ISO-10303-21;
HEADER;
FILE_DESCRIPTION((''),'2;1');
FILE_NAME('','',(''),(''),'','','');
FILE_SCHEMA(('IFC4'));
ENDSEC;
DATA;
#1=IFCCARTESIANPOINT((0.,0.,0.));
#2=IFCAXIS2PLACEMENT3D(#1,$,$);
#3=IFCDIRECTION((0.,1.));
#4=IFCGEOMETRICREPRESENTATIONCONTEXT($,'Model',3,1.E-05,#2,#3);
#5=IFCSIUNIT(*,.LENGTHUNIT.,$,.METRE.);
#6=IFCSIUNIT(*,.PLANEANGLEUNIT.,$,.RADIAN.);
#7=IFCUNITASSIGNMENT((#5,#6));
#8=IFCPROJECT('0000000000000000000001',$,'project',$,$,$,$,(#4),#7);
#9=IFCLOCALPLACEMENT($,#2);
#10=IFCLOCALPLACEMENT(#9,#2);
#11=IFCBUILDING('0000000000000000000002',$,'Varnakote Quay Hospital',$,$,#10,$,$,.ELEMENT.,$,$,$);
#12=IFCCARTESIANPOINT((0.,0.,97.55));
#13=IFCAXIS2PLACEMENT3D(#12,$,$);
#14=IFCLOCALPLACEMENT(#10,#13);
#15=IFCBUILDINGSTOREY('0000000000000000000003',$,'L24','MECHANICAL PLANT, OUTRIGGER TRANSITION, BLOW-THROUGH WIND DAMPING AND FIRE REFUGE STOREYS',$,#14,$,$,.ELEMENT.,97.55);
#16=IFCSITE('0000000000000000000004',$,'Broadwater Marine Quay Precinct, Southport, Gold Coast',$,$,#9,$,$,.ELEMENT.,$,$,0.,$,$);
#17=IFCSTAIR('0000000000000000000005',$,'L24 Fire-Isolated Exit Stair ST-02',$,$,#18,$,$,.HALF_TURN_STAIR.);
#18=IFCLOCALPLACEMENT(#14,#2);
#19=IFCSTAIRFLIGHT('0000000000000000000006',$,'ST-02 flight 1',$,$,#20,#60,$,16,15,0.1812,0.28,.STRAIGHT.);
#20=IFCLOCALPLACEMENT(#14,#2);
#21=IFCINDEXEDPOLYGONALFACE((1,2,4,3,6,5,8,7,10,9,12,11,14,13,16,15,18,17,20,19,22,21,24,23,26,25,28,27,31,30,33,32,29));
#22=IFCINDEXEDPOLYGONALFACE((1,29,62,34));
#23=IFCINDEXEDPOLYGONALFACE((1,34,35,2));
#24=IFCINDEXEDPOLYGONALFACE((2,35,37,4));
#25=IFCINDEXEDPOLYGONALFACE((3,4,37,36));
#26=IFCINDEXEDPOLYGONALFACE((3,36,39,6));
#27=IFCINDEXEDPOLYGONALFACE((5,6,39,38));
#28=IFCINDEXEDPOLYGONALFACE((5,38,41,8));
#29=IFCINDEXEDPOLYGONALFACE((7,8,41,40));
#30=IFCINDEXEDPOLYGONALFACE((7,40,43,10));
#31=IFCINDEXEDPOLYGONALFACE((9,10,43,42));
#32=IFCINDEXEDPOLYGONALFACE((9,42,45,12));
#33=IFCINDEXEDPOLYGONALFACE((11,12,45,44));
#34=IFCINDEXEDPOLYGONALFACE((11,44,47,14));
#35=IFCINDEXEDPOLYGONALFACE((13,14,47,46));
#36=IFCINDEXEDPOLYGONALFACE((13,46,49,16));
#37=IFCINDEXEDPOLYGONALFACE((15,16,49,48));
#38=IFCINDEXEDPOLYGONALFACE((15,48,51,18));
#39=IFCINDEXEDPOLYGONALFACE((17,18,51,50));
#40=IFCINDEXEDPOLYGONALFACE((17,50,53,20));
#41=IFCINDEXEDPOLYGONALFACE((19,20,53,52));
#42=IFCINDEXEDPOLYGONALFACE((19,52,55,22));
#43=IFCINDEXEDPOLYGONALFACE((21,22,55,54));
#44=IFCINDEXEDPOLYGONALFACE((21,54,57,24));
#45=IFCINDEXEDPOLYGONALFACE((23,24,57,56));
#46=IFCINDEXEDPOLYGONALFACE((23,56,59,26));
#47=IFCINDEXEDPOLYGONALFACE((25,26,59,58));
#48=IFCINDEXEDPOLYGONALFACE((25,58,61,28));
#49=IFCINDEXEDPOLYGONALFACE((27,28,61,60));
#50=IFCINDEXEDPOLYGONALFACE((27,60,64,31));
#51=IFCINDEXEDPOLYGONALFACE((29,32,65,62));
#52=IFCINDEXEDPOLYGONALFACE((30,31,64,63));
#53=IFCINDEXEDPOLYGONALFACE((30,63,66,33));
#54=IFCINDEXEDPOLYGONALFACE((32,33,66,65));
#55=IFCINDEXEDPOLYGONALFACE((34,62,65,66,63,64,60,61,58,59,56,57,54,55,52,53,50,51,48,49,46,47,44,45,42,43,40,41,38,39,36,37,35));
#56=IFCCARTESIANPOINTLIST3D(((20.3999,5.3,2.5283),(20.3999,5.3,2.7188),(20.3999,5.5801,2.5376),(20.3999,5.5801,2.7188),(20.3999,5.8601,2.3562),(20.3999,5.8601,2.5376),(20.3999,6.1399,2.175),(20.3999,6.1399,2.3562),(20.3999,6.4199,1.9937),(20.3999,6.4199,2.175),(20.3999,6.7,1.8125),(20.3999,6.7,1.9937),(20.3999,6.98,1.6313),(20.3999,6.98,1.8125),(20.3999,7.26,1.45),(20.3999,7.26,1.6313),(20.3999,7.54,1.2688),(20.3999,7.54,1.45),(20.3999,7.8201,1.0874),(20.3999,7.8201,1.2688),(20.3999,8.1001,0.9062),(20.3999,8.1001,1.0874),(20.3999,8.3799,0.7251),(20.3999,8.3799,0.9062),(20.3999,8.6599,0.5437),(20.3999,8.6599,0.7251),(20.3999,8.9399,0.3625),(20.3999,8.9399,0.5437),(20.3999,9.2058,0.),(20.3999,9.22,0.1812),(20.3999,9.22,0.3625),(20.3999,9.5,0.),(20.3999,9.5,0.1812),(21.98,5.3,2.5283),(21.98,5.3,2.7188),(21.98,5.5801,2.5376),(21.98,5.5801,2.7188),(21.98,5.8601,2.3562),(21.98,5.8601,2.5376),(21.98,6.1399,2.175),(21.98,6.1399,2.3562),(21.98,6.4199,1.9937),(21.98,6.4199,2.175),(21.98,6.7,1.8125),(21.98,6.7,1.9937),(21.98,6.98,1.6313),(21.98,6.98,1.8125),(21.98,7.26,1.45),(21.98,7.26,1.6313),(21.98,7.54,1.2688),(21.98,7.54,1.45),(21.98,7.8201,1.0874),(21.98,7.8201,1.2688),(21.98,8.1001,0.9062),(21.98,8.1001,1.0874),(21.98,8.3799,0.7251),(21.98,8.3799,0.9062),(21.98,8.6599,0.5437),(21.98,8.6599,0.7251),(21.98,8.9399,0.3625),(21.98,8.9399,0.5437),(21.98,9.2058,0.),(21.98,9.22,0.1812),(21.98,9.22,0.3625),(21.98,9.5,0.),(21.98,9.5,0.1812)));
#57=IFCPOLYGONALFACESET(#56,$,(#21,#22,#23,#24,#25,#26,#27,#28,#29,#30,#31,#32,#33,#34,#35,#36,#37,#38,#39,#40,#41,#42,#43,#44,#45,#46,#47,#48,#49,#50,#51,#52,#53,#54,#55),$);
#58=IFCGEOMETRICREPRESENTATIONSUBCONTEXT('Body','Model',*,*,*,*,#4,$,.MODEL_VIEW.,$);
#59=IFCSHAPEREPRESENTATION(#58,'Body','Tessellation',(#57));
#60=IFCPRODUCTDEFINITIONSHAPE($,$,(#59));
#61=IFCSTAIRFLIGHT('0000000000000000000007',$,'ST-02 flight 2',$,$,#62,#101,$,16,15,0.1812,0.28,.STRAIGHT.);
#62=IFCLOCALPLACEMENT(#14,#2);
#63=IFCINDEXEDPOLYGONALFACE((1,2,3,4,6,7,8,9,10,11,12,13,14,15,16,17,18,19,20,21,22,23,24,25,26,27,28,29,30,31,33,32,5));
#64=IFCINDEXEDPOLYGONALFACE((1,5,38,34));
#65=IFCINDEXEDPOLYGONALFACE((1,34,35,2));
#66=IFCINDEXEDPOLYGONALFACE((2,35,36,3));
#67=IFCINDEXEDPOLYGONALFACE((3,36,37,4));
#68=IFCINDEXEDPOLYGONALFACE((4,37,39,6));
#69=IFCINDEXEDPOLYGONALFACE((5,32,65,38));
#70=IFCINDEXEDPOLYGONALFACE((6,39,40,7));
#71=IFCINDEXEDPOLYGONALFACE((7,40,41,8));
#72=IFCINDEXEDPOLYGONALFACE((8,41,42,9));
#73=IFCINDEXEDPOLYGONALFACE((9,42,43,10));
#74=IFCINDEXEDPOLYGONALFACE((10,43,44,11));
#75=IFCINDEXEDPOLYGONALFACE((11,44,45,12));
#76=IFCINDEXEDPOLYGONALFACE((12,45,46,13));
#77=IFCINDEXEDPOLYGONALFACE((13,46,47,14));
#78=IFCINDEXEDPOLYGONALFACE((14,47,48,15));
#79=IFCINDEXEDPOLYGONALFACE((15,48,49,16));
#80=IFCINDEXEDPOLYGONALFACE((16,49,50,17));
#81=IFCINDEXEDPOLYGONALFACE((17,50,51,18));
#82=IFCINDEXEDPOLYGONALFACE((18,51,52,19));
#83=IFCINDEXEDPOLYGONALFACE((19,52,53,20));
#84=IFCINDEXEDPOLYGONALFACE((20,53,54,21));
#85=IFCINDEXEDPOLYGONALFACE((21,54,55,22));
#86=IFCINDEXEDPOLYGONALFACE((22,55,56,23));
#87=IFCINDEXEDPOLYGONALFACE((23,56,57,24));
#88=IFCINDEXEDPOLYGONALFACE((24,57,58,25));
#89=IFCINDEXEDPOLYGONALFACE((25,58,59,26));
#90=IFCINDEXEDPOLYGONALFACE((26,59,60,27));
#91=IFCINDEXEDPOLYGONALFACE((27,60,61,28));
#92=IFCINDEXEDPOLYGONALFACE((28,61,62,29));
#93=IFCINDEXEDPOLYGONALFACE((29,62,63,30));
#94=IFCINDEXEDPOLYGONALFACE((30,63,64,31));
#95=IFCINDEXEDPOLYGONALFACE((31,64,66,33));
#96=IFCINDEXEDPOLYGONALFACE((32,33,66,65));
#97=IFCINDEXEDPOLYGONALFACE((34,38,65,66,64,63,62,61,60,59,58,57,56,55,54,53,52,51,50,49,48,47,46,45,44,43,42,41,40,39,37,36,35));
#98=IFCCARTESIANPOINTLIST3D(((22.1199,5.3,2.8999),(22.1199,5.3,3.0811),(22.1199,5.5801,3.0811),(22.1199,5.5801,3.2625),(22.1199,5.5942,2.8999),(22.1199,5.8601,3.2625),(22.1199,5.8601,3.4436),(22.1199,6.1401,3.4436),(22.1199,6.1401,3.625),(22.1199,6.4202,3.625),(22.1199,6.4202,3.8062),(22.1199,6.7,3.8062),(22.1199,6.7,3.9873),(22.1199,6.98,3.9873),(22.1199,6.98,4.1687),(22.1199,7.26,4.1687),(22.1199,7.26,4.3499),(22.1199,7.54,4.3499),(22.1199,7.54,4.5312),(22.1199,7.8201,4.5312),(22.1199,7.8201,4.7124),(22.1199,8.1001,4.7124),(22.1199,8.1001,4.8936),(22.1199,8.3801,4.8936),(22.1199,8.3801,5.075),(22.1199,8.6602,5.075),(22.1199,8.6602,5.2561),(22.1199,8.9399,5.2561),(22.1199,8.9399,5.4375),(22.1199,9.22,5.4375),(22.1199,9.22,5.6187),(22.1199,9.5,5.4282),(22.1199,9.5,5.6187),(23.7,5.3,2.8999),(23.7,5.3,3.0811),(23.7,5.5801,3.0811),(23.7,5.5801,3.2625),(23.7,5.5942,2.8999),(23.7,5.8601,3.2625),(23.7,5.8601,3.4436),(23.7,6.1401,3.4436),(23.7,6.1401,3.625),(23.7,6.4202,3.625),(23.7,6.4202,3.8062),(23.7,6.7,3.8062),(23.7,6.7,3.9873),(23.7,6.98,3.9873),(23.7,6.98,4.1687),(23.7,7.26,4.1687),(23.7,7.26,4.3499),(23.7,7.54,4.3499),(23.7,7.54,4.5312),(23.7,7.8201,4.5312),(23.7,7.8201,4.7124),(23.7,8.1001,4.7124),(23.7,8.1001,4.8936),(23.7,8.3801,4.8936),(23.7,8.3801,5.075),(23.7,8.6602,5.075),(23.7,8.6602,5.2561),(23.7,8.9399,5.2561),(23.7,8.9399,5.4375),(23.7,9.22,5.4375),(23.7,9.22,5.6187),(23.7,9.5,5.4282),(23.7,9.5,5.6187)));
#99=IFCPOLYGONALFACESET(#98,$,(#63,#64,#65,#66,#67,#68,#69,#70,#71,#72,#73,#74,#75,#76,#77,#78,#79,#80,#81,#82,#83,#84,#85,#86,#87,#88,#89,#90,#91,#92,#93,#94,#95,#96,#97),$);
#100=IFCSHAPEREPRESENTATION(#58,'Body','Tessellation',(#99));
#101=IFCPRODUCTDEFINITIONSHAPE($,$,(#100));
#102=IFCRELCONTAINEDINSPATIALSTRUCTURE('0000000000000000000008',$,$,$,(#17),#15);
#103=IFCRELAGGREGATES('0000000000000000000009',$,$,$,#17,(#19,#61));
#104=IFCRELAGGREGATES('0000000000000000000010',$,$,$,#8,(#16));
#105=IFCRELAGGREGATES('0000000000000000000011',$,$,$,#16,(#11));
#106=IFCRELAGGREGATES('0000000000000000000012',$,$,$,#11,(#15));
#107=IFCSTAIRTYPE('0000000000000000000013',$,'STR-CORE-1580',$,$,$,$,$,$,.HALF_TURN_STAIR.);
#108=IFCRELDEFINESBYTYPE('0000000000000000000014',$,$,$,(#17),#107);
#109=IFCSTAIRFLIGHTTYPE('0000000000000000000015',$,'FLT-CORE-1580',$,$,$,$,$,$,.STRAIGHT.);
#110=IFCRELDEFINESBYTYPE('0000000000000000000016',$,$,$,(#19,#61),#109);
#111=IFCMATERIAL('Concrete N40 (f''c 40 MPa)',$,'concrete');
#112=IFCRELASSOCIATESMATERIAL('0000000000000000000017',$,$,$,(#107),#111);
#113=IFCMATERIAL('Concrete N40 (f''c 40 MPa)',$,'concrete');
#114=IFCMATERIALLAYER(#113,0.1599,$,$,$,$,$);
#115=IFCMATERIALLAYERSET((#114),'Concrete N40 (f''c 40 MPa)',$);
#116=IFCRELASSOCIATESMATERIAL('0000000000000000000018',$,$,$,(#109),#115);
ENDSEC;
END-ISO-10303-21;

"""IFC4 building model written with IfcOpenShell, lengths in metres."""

from ifc_helpers import new_model, si_unit, direction, frame, origin, place, context, subcontext, project, spatial, polyline, outline, extrude, material, layer, layer_set, type_object, element, aggregate, save


model = new_model("IFC4")

# Units and contexts
model_context = context("Model", 3, precision=1e-05, world=origin(), true_north=direction((0.0, 1.0)))
body_context = subcontext(model_context, "Body", "Model", "MODEL_VIEW")
ifc_project = project(units=[si_unit("LENGTHUNIT", "METRE"), si_unit("PLANEANGLEUNIT", "RADIAN")], contexts=[model_context])

# Site, building, storey
site_placement = place(None, origin())
site = spatial("IfcSite", under=ifc_project, at=site_placement, Name="Broadwater Marine Quay Precinct, Southport, Gold Coast", CompositionType="ELEMENT", RefElevation=0.0)
building_placement = place(site_placement, origin())
building = spatial("IfcBuilding", under=site, at=building_placement, Name="Varnakote Quay Hospital", CompositionType="ELEMENT")
storey_placement = place(building_placement, frame((0.0, 0.0, 97.55)))
storey = spatial("IfcBuildingStorey", under=building, at=storey_placement, Name="L24", Description="MECHANICAL PLANT, OUTRIGGER TRANSITION, BLOW-THROUGH WIND DAMPING AND FIRE REFUGE STOREYS", CompositionType="ELEMENT", Elevation=97.55)

# Stair, stair flights
ifc_material_1 = material(Name="Concrete N40 (f'c 40 MPa)", Category="concrete")
stair_type = type_object("IfcStairType", Name="STR-CORE-1580", PredefinedType="HALF_TURN_STAIR", material=ifc_material_1)
stair_placement = place(storey_placement, origin())
stair = element("IfcStair", 1, at=stair_placement, inside=storey, type_object=stair_type, Name="L24 Fire-Isolated Exit Stair ST-02", PredefinedType="HALF_TURN_STAIR")
ifc_material_2 = material(Name="Concrete N40 (f'c 40 MPa)", Category="concrete")
ifc_layer_1 = layer(ifc_material_2, 0.1599)
ifc_layer_set_1 = layer_set([ifc_layer_1], Name="Concrete N40 (f'c 40 MPa)")
stair_flight_type = type_object("IfcStairFlightType", Name="FLT-CORE-1580", PredefinedType="STRAIGHT", material=ifc_layer_set_1)
stair_flight_1_placement = place(storey_placement, frame((21.1899, 9.5, 0.0), z_axis=(0.0, 0.0, 1.0), x_axis=(0.0, -1.0, 0.0)))
stair_flight_1 = element("IfcStairFlight", 2, at=stair_flight_1_placement, type_object=stair_flight_type, Name="ST-02 flight 1", NumberOfRisers=16, NumberOfTreads=15, PredefinedType="STRAIGHT", RiserHeight=0.1812, TreadLength=0.28, context=body_context, shape_type="SweptSolid", body=[
    extrude(outline(polyline([(0.0, 0.0), (0.0, 0.1812), (0.28, 0.1812), (0.28, 0.3625), (0.5601, 0.3625), (0.5601, 0.5437), (0.8401, 0.5437), (0.8401, 0.7251), (1.1201, 0.7251), (1.1201, 0.9062), (1.3999, 0.9062), (1.3999, 1.0874), (1.6799, 1.0874), (1.6799, 1.2688), (1.96, 1.2688), (1.96, 1.45), (2.24, 1.45), (2.24, 1.6313), (2.52, 1.6313), (2.52, 1.8125), (2.8, 1.8125), (2.8, 1.9937), (3.0801, 1.9937), (3.0801, 2.175), (3.3601, 2.175), (3.3601, 2.3562), (3.6399, 2.3562), (3.6399, 2.5376), (3.9199, 2.5376), (3.9199, 2.7188), (4.2, 2.7188), (4.2, 2.8999), (4.2, 2.5283), (0.2942, 0.0), (0.0, 0.0)])), frame((0.0, 0.79, 0.0), z_axis=(0.0, -1.0, 0.0), x_axis=(1.0, 0.0, 0.0)), (0.0, 0.0, 1.0), 1.5801),
])
stair_flight_2_placement = place(storey_placement, frame((22.9099, 5.3, 2.8999), z_axis=(0.0, 0.0, 1.0), x_axis=(0.0, 1.0, 0.0)))
stair_flight_2 = element("IfcStairFlight", 3, at=stair_flight_2_placement, type_object=stair_flight_type, Name="ST-02 flight 2", NumberOfRisers=16, NumberOfTreads=15, PredefinedType="STRAIGHT", RiserHeight=0.1812, TreadLength=0.28, context=body_context, shape_type="SweptSolid", body=[
    extrude(outline(polyline([(0.0, 0.0), (0.0, 0.1812), (0.28, 0.1812), (0.28, 0.3625), (0.5601, 0.3625), (0.5601, 0.5437), (0.8401, 0.5437), (0.8401, 0.7251), (1.1201, 0.7251), (1.1201, 0.9062), (1.3999, 0.9062), (1.3999, 1.0874), (1.6799, 1.0874), (1.6799, 1.2688), (1.96, 1.2688), (1.96, 1.45), (2.24, 1.45), (2.24, 1.6313), (2.52, 1.6313), (2.52, 1.8125), (2.8, 1.8125), (2.8, 1.9937), (3.0801, 1.9937), (3.0801, 2.175), (3.3601, 2.175), (3.3601, 2.3562), (3.6399, 2.3562), (3.6399, 2.5376), (3.9199, 2.5376), (3.9199, 2.7188), (4.2, 2.7188), (4.2, 2.8999), (4.2, 2.5283), (0.2942, 0.0), (0.0, 0.0)])), frame((0.0, 0.79, 0.0), z_axis=(0.0, -1.0, 0.0), x_axis=(1.0, 0.0, 0.0)), (0.0, 0.0, 1.0), 1.5801),
])
aggregate(stair, [stair_flight_1, stair_flight_2])

save(model, "model.ifc")
